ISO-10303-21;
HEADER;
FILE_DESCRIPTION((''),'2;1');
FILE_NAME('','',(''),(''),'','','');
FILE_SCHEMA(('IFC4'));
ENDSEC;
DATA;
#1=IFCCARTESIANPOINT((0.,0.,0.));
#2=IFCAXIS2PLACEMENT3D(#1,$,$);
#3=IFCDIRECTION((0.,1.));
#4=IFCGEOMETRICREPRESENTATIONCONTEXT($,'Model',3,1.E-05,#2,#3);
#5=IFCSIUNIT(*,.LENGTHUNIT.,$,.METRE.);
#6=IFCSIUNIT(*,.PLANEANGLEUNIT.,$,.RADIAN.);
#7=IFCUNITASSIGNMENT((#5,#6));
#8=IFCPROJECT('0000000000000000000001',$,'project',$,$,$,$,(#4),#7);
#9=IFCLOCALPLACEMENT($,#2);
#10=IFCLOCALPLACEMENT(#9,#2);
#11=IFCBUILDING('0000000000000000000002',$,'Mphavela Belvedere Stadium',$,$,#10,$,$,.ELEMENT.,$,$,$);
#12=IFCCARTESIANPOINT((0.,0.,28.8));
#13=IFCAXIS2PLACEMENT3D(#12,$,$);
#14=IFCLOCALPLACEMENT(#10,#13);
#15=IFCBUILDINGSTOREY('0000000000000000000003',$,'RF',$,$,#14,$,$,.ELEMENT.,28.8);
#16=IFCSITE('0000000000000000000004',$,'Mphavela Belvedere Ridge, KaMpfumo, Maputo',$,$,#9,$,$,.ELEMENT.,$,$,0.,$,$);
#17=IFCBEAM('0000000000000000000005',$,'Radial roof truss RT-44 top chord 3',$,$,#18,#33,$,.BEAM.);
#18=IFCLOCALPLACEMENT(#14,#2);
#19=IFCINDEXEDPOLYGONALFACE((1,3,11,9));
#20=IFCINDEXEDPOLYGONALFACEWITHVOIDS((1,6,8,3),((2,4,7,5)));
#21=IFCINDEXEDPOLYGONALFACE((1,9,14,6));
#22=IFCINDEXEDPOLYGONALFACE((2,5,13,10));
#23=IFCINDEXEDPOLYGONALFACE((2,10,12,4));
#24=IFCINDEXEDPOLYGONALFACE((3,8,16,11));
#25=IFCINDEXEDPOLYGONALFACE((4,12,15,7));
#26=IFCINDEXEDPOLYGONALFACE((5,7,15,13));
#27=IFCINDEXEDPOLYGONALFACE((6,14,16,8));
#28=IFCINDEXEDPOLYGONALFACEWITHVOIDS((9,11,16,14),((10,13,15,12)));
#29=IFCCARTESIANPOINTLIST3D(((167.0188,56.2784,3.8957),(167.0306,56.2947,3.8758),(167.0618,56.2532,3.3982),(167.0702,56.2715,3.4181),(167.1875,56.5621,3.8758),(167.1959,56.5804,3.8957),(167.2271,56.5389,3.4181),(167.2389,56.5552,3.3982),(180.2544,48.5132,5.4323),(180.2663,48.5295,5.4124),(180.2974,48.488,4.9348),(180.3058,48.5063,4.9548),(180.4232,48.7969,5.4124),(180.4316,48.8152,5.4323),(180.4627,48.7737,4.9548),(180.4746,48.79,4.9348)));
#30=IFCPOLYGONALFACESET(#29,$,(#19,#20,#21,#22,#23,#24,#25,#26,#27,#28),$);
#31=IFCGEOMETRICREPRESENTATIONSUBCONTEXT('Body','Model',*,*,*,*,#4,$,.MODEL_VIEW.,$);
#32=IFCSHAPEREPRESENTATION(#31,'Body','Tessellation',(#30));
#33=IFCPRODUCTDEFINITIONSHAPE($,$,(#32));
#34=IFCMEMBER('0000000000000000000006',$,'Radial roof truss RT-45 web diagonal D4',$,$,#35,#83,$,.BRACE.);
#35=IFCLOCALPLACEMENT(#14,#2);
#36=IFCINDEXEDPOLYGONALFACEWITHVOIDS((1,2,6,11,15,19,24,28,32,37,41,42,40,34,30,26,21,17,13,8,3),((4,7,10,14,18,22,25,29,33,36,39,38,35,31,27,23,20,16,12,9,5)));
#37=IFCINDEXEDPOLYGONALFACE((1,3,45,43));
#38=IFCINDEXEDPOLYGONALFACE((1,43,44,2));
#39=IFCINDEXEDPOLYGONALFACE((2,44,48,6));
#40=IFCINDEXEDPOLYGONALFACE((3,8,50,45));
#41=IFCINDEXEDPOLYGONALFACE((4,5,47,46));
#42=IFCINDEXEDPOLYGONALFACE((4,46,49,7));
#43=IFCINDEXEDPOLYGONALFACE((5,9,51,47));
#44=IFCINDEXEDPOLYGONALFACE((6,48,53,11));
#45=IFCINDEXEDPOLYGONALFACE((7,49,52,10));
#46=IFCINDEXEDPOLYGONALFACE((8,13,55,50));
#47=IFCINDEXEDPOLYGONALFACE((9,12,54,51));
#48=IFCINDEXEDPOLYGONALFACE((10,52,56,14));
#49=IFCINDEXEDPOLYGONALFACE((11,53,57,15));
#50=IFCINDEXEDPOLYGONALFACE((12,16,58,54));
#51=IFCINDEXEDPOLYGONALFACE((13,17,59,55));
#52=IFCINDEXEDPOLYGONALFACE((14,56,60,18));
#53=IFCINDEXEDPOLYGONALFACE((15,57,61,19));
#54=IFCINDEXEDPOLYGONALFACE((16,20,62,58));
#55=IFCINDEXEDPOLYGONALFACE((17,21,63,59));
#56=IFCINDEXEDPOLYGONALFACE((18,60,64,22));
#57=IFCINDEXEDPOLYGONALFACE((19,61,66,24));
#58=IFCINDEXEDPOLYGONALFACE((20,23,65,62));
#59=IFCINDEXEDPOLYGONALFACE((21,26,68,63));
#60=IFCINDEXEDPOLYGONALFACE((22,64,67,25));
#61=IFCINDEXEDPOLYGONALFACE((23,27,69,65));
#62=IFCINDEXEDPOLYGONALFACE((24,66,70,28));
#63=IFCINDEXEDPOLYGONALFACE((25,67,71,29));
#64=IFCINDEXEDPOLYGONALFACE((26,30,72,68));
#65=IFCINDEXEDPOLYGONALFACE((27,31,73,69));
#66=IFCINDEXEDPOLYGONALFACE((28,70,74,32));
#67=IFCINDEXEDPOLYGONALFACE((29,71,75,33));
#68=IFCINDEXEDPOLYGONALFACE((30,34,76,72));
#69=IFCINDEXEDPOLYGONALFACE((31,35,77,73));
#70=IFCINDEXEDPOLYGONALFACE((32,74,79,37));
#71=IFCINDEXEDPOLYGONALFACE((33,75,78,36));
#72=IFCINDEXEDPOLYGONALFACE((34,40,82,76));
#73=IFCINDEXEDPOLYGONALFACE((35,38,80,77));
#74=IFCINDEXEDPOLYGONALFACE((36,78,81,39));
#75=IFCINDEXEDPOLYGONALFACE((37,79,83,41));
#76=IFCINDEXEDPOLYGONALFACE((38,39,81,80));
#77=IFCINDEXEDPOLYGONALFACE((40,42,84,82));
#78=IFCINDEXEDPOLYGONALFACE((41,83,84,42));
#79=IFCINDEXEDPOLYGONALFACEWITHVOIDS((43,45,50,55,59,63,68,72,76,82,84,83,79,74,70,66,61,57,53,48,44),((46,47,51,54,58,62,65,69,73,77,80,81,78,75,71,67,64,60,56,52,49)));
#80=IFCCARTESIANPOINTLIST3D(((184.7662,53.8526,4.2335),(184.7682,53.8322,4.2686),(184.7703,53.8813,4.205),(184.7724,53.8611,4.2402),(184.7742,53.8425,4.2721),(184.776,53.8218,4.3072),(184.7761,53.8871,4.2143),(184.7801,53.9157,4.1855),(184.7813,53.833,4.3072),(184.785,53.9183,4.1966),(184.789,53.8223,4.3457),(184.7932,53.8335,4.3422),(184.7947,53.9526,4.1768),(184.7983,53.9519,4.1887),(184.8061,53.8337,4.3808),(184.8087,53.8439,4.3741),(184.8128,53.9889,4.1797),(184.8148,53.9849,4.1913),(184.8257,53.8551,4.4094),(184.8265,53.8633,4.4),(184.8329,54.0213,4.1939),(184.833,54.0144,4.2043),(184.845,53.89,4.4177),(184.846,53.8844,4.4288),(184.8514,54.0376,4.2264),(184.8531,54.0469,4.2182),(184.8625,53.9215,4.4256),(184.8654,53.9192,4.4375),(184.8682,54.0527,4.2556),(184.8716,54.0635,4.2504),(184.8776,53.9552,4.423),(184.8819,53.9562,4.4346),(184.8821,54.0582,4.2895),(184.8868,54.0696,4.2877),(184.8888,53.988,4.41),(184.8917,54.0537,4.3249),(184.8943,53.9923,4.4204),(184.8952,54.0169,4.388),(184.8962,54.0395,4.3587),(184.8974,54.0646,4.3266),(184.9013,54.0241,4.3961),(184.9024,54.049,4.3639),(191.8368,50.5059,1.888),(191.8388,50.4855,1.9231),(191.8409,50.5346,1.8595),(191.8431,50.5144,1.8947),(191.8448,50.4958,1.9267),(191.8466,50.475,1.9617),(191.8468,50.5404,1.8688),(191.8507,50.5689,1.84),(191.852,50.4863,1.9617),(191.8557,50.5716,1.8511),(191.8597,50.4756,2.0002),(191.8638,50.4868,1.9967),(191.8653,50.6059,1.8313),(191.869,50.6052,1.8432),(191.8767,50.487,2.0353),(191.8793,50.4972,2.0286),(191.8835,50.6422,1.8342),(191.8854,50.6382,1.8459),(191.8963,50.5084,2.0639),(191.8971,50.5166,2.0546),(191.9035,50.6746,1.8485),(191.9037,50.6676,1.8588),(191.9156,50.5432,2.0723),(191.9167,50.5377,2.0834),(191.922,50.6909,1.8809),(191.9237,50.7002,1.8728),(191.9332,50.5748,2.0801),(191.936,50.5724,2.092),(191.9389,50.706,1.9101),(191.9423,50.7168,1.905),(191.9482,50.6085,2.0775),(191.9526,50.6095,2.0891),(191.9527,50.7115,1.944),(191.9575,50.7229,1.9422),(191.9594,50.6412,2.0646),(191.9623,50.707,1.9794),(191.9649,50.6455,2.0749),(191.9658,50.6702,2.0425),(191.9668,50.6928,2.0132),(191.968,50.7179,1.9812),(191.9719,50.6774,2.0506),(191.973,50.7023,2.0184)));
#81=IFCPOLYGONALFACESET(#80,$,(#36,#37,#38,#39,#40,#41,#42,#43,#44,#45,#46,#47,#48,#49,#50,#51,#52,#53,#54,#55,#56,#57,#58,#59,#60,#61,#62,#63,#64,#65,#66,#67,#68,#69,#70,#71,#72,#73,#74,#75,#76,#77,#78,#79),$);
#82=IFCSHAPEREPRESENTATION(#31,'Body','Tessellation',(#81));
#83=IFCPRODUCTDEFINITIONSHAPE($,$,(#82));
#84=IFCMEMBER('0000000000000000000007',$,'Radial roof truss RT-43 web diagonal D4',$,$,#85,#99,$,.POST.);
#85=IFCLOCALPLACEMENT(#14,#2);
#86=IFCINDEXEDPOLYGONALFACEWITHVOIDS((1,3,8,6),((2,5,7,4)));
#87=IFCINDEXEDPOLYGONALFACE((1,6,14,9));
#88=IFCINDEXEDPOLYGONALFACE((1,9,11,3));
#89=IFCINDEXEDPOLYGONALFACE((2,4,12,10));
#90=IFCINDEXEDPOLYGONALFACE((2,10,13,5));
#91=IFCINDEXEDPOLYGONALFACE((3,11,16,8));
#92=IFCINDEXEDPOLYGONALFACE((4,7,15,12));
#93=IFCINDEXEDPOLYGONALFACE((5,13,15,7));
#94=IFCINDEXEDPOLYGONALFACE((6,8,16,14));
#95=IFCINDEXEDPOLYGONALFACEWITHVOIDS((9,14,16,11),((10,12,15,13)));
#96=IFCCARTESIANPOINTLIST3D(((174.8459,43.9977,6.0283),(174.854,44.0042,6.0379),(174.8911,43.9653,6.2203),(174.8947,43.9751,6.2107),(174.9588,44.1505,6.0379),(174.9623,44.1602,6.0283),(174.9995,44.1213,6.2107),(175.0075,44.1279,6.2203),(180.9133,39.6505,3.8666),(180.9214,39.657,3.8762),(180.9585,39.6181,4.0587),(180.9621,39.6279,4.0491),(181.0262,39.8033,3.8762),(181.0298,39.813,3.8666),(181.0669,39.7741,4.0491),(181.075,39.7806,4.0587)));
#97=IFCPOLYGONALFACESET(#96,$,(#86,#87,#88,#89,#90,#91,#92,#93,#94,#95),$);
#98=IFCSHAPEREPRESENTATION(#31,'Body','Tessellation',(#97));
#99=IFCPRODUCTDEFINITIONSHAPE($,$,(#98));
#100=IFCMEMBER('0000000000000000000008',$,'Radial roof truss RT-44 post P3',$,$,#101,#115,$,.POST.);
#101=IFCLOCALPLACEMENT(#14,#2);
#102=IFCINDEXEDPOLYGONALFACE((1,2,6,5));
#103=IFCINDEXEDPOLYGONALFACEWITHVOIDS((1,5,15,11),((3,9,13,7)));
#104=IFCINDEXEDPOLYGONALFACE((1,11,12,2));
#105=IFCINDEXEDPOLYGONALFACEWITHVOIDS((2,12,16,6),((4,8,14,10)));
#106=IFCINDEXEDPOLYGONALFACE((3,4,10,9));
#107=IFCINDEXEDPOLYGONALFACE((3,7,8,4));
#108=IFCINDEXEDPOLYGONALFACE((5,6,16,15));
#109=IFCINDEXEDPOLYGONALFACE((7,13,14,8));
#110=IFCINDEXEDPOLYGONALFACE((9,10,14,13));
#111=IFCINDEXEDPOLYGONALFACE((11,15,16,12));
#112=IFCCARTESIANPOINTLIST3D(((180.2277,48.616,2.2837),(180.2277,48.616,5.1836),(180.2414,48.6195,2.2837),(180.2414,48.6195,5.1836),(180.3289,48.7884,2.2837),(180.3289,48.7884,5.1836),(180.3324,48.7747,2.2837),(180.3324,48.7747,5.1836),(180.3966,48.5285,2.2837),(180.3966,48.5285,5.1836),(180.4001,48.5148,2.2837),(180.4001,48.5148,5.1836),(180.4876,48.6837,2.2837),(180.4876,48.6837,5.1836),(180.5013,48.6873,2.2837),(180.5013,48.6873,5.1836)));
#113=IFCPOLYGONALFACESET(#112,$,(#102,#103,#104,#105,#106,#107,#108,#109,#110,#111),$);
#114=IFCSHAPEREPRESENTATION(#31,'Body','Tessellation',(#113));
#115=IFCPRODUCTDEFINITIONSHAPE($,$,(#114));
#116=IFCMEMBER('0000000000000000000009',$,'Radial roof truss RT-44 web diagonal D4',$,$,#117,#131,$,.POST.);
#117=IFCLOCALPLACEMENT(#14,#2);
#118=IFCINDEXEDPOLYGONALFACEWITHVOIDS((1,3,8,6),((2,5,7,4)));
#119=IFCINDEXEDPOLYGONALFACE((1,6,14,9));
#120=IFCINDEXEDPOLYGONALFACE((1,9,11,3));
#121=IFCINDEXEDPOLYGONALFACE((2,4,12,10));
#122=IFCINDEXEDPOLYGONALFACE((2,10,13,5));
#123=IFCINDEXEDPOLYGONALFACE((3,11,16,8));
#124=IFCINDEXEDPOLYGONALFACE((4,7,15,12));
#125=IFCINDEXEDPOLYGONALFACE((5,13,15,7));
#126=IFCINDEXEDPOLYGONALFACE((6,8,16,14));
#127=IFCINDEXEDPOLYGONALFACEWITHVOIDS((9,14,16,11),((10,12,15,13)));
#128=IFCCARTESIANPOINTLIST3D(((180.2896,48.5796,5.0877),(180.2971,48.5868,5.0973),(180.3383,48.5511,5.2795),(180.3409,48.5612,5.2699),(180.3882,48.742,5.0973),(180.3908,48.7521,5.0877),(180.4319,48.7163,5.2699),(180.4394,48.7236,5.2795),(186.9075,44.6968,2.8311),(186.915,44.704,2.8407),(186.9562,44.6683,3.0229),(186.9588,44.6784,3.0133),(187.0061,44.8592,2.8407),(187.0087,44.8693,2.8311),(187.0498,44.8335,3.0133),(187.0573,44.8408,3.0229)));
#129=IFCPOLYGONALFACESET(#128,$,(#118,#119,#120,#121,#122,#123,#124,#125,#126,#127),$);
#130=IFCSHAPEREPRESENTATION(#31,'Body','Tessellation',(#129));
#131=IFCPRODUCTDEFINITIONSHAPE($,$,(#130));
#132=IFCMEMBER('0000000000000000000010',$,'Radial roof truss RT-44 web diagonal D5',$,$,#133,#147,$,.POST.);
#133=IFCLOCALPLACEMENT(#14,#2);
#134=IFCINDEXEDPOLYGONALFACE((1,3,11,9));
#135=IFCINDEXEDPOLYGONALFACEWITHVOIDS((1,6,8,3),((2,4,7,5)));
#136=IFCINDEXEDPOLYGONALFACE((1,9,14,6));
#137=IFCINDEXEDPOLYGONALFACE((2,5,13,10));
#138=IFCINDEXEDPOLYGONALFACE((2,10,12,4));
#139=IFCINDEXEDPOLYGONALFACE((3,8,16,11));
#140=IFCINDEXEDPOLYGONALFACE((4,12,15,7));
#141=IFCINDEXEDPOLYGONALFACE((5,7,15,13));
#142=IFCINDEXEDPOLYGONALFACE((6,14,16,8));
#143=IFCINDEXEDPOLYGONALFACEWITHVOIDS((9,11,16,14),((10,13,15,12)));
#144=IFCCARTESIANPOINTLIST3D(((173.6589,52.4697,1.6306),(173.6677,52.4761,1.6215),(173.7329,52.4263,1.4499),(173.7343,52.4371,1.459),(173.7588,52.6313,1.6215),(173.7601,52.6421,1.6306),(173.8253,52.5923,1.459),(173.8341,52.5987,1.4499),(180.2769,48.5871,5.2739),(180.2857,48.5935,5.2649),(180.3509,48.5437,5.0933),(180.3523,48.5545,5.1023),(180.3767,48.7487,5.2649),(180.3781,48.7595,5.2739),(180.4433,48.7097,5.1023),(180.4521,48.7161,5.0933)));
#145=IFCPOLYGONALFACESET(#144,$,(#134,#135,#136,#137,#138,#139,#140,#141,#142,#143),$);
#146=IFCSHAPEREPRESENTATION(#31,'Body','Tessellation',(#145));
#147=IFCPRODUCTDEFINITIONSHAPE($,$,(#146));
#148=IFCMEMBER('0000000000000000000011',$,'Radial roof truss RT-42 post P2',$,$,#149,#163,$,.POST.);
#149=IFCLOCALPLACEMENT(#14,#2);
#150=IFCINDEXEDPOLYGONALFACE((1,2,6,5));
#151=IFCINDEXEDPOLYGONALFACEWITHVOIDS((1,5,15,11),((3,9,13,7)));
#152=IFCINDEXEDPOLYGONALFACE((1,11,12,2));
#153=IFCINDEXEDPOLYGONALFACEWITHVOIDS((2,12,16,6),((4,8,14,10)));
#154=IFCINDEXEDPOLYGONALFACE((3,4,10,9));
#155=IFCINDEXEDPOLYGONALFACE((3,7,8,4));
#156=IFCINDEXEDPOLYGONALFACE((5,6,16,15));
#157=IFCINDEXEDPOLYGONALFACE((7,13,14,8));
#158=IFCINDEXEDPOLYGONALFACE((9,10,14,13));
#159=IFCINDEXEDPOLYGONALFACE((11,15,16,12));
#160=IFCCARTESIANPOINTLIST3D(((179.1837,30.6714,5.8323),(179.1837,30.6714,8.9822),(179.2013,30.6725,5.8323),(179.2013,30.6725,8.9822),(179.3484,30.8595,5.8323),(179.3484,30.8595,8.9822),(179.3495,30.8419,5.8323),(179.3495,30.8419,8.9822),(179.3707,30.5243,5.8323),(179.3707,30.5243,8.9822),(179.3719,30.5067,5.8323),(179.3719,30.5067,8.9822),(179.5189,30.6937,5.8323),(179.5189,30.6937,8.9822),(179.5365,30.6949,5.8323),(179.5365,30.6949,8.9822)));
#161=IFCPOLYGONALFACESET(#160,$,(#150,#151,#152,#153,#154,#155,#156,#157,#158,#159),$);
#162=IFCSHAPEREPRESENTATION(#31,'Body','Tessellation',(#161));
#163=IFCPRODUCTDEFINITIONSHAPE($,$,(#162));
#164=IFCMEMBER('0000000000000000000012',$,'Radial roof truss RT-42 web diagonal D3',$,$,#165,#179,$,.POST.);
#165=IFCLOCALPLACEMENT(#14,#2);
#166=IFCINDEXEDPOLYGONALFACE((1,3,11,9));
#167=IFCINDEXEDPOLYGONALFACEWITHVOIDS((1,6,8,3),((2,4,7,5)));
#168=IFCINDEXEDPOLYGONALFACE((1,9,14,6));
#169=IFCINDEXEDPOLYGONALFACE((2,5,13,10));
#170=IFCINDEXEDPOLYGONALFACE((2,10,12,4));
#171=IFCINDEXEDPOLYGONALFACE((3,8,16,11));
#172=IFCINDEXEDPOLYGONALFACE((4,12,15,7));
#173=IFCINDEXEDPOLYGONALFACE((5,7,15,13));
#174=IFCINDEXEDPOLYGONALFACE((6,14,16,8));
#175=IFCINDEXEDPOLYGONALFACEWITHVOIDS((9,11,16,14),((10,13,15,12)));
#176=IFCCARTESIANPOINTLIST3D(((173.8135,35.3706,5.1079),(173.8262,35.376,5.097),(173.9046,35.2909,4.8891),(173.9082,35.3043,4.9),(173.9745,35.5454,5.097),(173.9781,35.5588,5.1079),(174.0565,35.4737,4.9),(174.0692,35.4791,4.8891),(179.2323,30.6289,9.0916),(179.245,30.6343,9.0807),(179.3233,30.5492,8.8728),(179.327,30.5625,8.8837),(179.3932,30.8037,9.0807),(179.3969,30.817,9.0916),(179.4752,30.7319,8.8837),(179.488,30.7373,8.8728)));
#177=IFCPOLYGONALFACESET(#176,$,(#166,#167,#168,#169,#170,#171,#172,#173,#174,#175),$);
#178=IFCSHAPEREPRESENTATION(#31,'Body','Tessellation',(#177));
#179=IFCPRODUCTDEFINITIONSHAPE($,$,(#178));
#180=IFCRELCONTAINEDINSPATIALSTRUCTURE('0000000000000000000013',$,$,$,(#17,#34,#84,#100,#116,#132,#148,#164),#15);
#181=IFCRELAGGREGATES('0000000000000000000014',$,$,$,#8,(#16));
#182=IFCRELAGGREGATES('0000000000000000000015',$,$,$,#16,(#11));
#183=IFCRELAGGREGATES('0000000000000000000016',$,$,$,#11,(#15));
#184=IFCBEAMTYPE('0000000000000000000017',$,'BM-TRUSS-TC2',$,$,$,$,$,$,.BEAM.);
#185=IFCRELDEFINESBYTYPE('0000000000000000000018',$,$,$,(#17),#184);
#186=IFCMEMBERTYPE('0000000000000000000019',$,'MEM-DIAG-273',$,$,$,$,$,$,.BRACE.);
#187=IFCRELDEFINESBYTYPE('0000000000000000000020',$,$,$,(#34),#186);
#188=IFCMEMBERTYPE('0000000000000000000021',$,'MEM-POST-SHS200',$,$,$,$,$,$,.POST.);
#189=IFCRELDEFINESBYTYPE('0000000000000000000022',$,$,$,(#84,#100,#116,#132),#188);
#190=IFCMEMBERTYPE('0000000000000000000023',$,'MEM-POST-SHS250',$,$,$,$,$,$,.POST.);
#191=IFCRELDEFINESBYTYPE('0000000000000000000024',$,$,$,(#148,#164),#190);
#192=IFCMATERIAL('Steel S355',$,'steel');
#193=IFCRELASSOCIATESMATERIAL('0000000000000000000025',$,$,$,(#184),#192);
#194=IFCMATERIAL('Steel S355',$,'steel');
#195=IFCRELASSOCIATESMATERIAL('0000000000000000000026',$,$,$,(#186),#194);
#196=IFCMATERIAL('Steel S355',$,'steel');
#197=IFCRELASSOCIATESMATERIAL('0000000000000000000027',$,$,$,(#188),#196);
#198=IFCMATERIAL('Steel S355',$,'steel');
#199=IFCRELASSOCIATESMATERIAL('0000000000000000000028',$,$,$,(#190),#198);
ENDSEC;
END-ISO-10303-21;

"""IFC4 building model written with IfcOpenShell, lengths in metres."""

from ifc_helpers import new_model, si_unit, direction, frame, origin, origin_2d, place, context, subcontext, project, spatial, hollow_rectangle, hollow_circle, extrude, material, material_profile, profile_set, type_object, element, save


model = new_model("IFC4")

# Units and contexts
model_context = context("Model", 3, precision=1e-05, world=origin(), true_north=direction((0.0, 1.0)))
body_context = subcontext(model_context, "Body", "Model", "MODEL_VIEW")
ifc_project = project(units=[si_unit("LENGTHUNIT", "METRE"), si_unit("PLANEANGLEUNIT", "RADIAN")], contexts=[model_context])

# Site, building, storey
site_placement = place(None, origin())
site = spatial("IfcSite", under=ifc_project, at=site_placement, Name="Mphavela Belvedere Ridge, KaMpfumo, Maputo", CompositionType="ELEMENT", RefElevation=0.0)
building_placement = place(site_placement, origin())
building = spatial("IfcBuilding", under=site, at=building_placement, Name="Mphavela Belvedere Stadium", CompositionType="ELEMENT")
storey_placement = place(building_placement, frame((0.0, 0.0, 28.8)))
storey = spatial("IfcBuildingStorey", under=building, at=storey_placement, Name="RF", CompositionType="ELEMENT", Elevation=28.8)

# Beam
ifc_material_1 = material(Name="Steel S355", Category="steel")
ifc_material_profile_1 = material_profile(ifc_material_1, hollow_rectangle(XDim=0.3501, YDim=0.5, WallThickness=0.02, at=origin_2d()), Name="RHS 500x350x20")
ifc_profile_set_1 = profile_set([ifc_material_profile_1], Name="Steel S355")
beam_type_1 = type_object("IfcBeamType", Name="BM-TRUSS-TC2", PredefinedType="BEAM", material=ifc_profile_set_1)
beam_1_placement = place(storey_placement, frame((180.3645, 48.6516, 5.1836), z_axis=(-0.858226, 0.503509, -0.099638), x_axis=(-0.506027, -0.862518, 0.0)))
element("IfcBeam", 1, at=beam_1_placement, inside=storey, type_object=beam_type_1, Name="Radial roof truss RT-44 top chord 3", PredefinedType="BEAM", context=body_context, shape_type="SweptSolid", body=[
    extrude(hollow_rectangle(XDim=0.3501, YDim=0.5, WallThickness=0.02, at=origin_2d()), origin(), (0.0, 0.0, 1.0), 15.4221),
])

# Members
ifc_material_2 = material(Name="Steel S355", Category="steel")
ifc_material_profile_2 = material_profile(ifc_material_2, hollow_circle(Radius=0.1365, WallThickness=0.0125, at=origin_2d()), Name="CHS 273x12.5")
ifc_profile_set_2 = profile_set([ifc_material_profile_2], Name="Steel S355")
member_type_1 = type_object("IfcMemberType", Name="MEM-DIAG-273", PredefinedType="BRACE", material=ifc_profile_set_2)
member_1_placement = place(storey_placement, frame((191.905, 50.5984, 1.9617), z_axis=(-0.865784, 0.409798, 0.2872), x_axis=(-0.427822, -0.903863, 0.0)))
element("IfcMember", 2, at=member_1_placement, inside=storey, type_object=member_type_1, Name="Radial roof truss RT-45 web diagonal D4", PredefinedType="BRACE", context=body_context, shape_type="SweptSolid", body=[
    extrude(hollow_circle(Radius=0.1365, WallThickness=0.0125, at=origin_2d()), origin(), (0.0, 0.0, 1.0), 8.1667),
])
ifc_material_3 = material(Name="Steel S355", Category="steel")
ifc_material_profile_3 = material_profile(ifc_material_3, hollow_rectangle(XDim=0.2, YDim=0.2, WallThickness=0.01, at=origin_2d()), Name="SHS 200x200x10")
ifc_profile_set_3 = profile_set([ifc_material_profile_3], Name="Steel S355")
member_type_2 = type_object("IfcMemberType", Name="MEM-POST-SHS200", PredefinedType="POST", material=ifc_profile_set_3)
member_2_placement = place(storey_placement, frame((180.9941, 39.7156, 3.9626), z_axis=(-0.780804, 0.559431, 0.278176), x_axis=(-0.58242, -0.812888, 0.0)))
element("IfcMember", 3, at=member_2_placement, inside=storey, type_object=member_type_2, Name="Radial roof truss RT-43 web diagonal D4", PredefinedType="POST", context=body_context, shape_type="SweptSolid", body=[
    extrude(hollow_rectangle(XDim=0.2, YDim=0.2, WallThickness=0.01, at=origin_2d()), origin(), (0.0, 0.0, 1.0), 7.7708),
])
member_3_placement = place(storey_placement, frame((180.3645, 48.6516, 2.2837), z_axis=(0.0, 0.0, 1.0), x_axis=(0.862514, -0.506034, 0.0)))
element("IfcMember", 4, at=member_3_placement, inside=storey, type_object=member_type_2, Name="Radial roof truss RT-44 post P3", PredefinedType="POST", context=body_context, shape_type="SweptSolid", body=[
    extrude(hollow_rectangle(XDim=0.2, YDim=0.2, WallThickness=0.01, at=origin_2d()), origin(), (0.0, 0.0, 1.0), 2.8999),
])
member_4_placement = place(storey_placement, frame((186.9824, 44.7688, 2.927), z_axis=(-0.827464, 0.485483, 0.28215), x_axis=(-0.506044, -0.862508, 0.0)))
element("IfcMember", 5, at=member_4_placement, inside=storey, type_object=member_type_2, Name="Radial roof truss RT-44 web diagonal D4", PredefinedType="POST", context=body_context, shape_type="SweptSolid", body=[
    extrude(hollow_rectangle(XDim=0.2, YDim=0.2, WallThickness=0.01, at=origin_2d()), origin(), (0.0, 0.0, 1.0), 7.9978),
])
member_5_placement = place(storey_placement, frame((180.3645, 48.6516, 5.1836), z_axis=(-0.779146, 0.457105, -0.428937), x_axis=(-0.50602, -0.862522, 0.0)))
element("IfcMember", 6, at=member_5_placement, inside=storey, type_object=member_type_2, Name="Radial roof truss RT-44 web diagonal D5", PredefinedType="POST", context=body_context, shape_type="SweptSolid", body=[
    extrude(hollow_rectangle(XDim=0.2, YDim=0.2, WallThickness=0.01, at=origin_2d()), origin(), (0.0, 0.0, 1.0), 8.4939),
])
ifc_material_4 = material(Name="Steel S355", Category="steel")
ifc_material_profile_4 = material_profile(ifc_material_4, hollow_rectangle(XDim=0.25, YDim=0.25, WallThickness=0.0125, at=origin_2d()), Name="SHS 250x250x12.5")
ifc_profile_set_4 = profile_set([ifc_material_profile_4], Name="Steel S355")
member_type_3 = type_object("IfcMemberType", Name="MEM-POST-SHS250", PredefinedType="POST", material=ifc_profile_set_4)
member_6_placement = place(storey_placement, frame((179.3601, 30.6831, 5.8323), z_axis=(0.0, 0.0, 1.0), x_axis=(0.75253, -0.658558, 0.0)))
element("IfcMember", 7, at=member_6_placement, inside=storey, type_object=member_type_3, Name="Radial roof truss RT-42 post P2", PredefinedType="POST", context=body_context, shape_type="SweptSolid", body=[
    extrude(hollow_rectangle(XDim=0.25, YDim=0.25, WallThickness=0.0125, at=origin_2d()), origin(), (0.0, 0.0, 1.0), 3.1499),
])
member_7_placement = place(storey_placement, frame((179.3601, 30.6831, 8.9822), z_axis=(-0.658493, 0.576222, -0.484102), x_axis=(-0.658531, -0.752554, 0.0)))
element("IfcMember", 8, at=member_7_placement, inside=storey, type_object=member_type_3, Name="Radial roof truss RT-42 web diagonal D3", PredefinedType="POST", context=body_context, shape_type="SweptSolid", body=[
    extrude(hollow_rectangle(XDim=0.25, YDim=0.25, WallThickness=0.0125, at=origin_2d()), origin(), (0.0, 0.0, 1.0), 8.229),
])

save(model, "model.ifc")
